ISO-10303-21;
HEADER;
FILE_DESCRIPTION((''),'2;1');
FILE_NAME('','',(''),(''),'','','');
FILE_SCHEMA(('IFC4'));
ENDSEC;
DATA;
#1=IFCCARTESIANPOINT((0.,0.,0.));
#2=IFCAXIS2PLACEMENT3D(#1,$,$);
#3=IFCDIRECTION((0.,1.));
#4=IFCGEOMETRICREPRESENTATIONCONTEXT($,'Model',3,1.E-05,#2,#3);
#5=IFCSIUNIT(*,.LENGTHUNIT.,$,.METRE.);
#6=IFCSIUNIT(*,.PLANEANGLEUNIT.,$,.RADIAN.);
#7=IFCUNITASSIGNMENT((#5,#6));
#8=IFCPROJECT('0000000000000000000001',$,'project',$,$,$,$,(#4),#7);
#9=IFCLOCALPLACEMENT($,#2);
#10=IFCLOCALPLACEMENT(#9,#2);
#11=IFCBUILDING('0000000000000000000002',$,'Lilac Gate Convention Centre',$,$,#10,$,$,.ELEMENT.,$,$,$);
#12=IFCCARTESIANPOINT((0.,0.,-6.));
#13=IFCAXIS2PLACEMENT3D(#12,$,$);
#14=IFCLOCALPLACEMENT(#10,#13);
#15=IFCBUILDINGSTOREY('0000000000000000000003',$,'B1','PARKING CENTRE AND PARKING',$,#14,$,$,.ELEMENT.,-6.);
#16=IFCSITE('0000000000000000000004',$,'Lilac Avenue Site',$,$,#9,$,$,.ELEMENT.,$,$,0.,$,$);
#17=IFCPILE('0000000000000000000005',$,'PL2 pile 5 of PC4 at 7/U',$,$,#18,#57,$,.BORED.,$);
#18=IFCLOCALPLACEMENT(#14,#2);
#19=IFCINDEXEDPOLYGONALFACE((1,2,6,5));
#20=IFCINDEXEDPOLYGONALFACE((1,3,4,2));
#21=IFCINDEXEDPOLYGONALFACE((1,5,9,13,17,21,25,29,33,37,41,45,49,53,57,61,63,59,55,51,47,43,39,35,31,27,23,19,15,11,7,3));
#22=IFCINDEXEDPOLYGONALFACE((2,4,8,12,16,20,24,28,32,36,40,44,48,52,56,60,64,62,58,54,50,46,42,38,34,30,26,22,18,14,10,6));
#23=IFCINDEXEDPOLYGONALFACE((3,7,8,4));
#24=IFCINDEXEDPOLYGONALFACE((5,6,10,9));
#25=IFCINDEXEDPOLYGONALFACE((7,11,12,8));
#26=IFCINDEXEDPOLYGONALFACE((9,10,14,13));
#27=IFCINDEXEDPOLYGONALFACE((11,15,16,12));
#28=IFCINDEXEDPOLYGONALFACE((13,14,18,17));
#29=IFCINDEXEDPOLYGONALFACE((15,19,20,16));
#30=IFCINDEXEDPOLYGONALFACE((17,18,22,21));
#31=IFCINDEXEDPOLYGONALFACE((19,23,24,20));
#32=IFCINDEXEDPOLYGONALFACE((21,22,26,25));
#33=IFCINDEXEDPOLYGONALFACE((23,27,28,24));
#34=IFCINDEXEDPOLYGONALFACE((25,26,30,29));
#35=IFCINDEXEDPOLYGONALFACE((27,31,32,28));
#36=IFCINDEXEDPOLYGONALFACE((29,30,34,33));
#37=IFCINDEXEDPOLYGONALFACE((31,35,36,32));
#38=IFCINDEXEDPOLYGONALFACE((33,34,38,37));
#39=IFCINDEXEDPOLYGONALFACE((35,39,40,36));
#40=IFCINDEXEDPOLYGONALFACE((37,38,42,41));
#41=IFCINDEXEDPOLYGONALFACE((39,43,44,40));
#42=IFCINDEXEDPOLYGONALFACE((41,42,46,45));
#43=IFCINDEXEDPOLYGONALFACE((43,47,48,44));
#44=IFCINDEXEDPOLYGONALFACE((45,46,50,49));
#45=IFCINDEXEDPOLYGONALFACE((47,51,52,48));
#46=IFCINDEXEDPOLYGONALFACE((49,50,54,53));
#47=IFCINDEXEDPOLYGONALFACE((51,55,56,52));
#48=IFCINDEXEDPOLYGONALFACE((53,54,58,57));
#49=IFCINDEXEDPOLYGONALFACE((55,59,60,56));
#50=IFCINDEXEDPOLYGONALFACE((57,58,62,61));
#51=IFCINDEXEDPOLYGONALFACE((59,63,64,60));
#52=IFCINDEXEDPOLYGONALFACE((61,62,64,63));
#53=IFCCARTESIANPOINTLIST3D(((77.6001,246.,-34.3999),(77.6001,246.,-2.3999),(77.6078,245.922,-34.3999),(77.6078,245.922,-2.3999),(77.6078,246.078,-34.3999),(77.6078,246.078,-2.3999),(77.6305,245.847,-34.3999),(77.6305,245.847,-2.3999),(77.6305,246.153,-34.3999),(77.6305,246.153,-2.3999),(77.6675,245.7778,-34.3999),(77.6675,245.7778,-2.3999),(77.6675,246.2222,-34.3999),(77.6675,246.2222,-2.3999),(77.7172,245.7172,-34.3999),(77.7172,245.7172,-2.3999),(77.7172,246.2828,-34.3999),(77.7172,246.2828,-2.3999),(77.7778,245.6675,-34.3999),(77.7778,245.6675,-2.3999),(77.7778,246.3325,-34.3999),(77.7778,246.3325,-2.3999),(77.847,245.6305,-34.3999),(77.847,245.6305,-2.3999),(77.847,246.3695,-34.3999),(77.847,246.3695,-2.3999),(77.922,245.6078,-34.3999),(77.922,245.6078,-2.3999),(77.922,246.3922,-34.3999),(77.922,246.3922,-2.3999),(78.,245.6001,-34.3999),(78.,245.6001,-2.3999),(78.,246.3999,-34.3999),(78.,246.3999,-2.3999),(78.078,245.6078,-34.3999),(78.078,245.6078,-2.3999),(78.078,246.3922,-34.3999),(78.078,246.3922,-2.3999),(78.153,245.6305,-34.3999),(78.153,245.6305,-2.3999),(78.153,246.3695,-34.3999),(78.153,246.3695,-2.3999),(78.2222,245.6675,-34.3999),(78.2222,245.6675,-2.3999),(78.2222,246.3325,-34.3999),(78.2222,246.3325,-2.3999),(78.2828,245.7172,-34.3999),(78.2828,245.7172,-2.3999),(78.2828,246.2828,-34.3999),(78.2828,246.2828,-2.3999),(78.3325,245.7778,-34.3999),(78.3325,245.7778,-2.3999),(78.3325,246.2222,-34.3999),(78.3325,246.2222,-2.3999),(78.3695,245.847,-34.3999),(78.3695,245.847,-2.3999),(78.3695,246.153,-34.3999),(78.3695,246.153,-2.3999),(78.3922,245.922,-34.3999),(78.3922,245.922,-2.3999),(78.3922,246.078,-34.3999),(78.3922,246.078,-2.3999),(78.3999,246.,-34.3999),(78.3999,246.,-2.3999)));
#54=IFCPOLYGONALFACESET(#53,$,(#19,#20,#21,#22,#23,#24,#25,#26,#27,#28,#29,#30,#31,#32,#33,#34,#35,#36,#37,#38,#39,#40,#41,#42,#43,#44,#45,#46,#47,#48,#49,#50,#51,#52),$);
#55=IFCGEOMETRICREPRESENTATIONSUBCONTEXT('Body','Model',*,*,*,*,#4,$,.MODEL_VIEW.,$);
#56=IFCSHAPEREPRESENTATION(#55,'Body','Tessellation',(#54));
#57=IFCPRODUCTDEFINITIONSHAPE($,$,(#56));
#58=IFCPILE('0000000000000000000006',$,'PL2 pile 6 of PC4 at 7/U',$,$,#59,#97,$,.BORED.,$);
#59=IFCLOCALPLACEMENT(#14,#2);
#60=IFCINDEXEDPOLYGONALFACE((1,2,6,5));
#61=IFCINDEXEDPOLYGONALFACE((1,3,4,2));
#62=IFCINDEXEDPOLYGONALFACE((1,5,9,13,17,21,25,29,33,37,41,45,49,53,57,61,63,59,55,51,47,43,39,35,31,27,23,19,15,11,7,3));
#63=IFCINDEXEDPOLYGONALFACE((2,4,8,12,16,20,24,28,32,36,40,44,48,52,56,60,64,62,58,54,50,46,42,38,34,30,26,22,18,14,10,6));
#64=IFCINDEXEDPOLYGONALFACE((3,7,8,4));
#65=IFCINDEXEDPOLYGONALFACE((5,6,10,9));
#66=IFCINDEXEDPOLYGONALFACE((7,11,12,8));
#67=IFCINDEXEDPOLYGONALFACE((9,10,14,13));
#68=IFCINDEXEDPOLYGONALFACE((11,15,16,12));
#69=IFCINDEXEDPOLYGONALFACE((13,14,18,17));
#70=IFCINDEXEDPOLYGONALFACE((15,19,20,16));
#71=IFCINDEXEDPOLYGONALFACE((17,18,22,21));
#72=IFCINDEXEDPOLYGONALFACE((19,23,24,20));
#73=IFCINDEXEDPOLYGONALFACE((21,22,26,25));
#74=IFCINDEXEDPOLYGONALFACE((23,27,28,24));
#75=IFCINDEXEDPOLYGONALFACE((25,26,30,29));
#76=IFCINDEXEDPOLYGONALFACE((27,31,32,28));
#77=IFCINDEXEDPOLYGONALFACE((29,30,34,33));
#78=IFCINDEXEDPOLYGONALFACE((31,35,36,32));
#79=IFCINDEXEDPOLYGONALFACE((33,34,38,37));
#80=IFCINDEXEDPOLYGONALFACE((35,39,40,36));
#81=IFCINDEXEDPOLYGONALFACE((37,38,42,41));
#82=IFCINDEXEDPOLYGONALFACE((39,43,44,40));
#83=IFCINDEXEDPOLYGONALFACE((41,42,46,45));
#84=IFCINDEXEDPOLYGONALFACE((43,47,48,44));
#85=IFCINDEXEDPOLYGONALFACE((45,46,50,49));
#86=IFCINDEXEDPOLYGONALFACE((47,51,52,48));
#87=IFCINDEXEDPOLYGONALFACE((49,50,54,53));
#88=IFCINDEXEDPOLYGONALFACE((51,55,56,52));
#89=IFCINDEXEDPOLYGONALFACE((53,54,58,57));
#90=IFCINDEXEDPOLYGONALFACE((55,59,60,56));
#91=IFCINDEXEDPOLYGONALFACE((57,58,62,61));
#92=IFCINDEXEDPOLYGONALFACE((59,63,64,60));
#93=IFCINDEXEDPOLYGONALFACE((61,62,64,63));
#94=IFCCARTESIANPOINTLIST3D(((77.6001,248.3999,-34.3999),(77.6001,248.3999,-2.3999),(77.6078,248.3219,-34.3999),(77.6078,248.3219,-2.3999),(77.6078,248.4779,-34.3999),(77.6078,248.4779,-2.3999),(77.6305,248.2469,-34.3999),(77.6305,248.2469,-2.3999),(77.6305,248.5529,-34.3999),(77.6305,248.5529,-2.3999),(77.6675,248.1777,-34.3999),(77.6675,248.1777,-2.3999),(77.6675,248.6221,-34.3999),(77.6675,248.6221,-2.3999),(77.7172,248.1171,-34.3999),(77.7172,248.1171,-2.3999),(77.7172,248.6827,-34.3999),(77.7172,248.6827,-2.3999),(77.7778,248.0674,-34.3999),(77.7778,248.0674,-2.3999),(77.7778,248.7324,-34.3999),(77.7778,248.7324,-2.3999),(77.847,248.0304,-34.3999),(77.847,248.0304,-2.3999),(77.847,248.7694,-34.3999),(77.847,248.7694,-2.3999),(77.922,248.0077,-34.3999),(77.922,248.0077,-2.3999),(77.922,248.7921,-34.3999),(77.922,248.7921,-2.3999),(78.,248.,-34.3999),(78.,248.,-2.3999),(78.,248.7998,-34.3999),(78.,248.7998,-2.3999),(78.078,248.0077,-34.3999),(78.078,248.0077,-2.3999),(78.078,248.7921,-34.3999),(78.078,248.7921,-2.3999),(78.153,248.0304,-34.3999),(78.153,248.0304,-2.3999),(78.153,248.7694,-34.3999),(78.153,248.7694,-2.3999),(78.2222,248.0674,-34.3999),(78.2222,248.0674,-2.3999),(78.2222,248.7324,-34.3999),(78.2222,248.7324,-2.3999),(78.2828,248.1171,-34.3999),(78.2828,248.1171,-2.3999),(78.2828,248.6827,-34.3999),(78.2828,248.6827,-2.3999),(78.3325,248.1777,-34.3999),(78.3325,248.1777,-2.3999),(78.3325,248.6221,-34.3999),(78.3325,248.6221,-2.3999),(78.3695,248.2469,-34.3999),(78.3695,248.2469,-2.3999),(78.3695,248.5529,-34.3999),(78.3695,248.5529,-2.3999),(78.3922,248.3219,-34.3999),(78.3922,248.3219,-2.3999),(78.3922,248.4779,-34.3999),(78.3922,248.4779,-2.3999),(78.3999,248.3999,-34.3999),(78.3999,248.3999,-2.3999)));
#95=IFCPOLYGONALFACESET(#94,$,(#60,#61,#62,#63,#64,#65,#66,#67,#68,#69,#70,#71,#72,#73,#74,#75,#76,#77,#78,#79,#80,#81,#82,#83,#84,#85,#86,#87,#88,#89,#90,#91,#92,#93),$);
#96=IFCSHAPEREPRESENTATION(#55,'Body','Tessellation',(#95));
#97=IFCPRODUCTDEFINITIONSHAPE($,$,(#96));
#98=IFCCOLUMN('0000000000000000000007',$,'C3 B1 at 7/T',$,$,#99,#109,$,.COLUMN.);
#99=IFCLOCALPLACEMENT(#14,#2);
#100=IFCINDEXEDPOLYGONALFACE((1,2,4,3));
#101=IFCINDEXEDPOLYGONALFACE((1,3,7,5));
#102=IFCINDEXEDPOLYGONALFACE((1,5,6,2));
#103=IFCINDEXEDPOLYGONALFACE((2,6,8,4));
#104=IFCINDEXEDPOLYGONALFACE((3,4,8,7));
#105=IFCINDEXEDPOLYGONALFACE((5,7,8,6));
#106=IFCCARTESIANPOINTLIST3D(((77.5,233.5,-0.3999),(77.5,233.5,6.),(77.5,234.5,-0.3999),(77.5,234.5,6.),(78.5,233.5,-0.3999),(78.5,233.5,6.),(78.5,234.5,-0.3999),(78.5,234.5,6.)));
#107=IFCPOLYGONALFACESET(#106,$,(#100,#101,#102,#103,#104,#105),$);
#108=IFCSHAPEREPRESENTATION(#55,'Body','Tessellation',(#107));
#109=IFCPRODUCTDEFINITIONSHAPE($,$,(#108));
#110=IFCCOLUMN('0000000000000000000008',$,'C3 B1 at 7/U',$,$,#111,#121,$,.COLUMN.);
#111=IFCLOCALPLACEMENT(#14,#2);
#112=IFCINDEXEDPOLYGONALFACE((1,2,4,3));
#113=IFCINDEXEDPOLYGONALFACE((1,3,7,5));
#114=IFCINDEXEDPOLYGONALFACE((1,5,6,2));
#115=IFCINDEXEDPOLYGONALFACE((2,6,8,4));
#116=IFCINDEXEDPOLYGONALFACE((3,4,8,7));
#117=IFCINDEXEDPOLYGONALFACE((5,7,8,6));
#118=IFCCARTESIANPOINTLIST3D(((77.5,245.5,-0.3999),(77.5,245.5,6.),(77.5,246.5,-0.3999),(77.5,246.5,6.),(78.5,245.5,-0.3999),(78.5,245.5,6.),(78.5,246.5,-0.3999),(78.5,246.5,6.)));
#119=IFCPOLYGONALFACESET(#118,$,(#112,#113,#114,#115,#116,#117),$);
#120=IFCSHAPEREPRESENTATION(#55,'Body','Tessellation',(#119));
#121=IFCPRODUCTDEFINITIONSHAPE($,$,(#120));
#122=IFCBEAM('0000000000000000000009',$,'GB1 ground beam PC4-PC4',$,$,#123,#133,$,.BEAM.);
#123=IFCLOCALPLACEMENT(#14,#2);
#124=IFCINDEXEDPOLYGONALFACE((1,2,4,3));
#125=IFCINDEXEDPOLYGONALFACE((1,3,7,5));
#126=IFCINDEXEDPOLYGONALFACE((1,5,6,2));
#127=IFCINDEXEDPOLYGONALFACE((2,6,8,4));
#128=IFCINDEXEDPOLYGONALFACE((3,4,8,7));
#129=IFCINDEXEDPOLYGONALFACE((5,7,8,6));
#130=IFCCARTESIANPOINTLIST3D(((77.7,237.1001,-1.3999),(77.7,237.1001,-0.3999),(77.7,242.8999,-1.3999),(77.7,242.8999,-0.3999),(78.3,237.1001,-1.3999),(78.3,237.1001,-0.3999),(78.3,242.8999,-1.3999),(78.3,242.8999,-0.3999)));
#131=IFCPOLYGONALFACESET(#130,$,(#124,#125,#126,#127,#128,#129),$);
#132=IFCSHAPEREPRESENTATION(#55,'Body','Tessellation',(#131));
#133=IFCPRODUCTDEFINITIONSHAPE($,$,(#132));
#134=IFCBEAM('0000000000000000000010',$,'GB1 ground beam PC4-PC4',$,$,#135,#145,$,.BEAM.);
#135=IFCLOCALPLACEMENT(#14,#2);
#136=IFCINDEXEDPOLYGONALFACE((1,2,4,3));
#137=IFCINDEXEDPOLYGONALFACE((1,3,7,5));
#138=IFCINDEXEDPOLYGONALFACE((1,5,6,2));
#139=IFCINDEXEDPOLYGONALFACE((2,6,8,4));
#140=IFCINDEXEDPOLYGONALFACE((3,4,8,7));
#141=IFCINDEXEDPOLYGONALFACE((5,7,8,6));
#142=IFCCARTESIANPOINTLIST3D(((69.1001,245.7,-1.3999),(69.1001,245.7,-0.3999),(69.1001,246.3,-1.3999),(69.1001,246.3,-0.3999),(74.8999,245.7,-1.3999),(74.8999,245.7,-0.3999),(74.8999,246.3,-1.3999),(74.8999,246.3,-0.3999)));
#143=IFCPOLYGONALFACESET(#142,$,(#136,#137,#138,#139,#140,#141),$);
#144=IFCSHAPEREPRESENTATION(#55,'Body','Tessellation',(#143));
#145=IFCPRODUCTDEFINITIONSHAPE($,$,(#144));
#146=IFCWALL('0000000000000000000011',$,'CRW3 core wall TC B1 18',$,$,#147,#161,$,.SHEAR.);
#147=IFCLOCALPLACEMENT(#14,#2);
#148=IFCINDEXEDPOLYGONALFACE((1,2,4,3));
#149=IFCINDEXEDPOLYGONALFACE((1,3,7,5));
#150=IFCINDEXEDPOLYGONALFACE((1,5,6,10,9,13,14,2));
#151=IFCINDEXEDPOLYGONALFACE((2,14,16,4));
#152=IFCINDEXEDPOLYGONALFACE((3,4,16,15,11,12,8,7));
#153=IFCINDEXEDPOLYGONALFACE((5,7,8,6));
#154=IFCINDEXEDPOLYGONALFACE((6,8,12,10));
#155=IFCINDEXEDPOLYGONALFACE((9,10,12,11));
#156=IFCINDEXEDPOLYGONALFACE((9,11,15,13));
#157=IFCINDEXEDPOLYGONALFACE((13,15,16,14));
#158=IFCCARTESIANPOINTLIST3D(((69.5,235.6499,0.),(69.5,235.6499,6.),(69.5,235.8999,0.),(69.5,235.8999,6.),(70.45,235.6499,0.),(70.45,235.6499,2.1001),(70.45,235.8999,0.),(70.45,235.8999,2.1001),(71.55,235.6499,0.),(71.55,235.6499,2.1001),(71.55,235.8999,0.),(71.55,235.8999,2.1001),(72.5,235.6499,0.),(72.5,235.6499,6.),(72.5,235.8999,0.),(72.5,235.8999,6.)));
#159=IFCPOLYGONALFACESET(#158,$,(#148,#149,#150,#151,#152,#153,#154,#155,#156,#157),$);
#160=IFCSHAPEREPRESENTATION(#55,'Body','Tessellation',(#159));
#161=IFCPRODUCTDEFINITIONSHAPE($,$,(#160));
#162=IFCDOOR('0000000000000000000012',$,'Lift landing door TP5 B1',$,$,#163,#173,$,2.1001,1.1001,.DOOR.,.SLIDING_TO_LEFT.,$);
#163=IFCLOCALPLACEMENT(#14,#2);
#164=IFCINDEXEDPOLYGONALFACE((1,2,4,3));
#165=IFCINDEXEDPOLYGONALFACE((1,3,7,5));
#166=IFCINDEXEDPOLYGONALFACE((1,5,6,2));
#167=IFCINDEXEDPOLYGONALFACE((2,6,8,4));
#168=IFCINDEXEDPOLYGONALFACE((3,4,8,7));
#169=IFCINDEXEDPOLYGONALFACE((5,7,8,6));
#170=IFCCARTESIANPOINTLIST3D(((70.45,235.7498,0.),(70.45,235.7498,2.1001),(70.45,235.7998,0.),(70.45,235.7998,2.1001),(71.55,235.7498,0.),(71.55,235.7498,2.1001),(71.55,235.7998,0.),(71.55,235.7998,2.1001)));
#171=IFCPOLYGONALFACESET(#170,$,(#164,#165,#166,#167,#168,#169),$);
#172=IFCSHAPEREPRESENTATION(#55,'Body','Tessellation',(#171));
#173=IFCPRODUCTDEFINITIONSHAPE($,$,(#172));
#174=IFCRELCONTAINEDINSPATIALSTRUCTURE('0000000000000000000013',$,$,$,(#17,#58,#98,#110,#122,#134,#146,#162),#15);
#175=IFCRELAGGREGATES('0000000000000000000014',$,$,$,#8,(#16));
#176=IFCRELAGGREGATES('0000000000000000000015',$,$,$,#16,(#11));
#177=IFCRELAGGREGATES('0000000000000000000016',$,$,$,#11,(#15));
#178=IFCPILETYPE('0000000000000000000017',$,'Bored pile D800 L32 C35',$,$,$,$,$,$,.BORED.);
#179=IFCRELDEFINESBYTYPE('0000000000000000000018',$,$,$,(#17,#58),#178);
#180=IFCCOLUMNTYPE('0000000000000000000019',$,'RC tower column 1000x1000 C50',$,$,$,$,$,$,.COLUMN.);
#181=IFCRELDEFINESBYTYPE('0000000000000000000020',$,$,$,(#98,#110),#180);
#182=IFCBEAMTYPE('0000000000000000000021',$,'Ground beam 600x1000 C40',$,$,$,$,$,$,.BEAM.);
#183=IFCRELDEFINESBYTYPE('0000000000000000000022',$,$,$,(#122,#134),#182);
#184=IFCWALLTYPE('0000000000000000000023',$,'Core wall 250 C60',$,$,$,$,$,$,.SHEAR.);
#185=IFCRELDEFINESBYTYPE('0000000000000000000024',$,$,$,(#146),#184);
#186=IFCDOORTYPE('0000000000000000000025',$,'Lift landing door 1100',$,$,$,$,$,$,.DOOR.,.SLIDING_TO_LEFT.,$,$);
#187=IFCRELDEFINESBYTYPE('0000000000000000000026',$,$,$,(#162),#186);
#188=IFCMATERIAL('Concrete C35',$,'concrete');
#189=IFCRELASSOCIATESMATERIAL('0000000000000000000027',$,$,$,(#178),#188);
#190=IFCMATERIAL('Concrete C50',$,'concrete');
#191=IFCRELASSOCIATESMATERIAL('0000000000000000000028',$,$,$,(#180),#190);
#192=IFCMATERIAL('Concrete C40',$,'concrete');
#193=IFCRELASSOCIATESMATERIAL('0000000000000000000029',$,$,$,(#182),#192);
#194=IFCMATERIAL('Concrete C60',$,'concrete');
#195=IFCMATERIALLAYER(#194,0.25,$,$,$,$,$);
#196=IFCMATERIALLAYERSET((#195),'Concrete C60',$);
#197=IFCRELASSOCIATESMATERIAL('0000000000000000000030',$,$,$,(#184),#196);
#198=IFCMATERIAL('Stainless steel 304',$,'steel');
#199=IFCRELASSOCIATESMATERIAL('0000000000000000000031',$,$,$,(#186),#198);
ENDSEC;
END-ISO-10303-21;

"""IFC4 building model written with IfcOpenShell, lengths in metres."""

from ifc_helpers import new_model, si_unit, direction, frame, frame_2d, origin, origin_2d, place, context, subcontext, project, spatial, rectangle, circle, extrude, material, layer, layer_set, material_profile, profile_set, type_object, element, fill, save


model = new_model("IFC4")

# Units and contexts
model_context = context("Model", 3, precision=1e-05, world=origin(), true_north=direction((0.0, 1.0)))
body_context = subcontext(model_context, "Body", "Model", "MODEL_VIEW")
ifc_project = project(units=[si_unit("LENGTHUNIT", "METRE"), si_unit("PLANEANGLEUNIT", "RADIAN")], contexts=[model_context])

# Site, building, storey
site_placement = place(None, origin())
site = spatial("IfcSite", under=ifc_project, at=site_placement, Name="Lilac Avenue Site", CompositionType="ELEMENT", RefElevation=0.0)
building_placement = place(site_placement, origin())
building = spatial("IfcBuilding", under=site, at=building_placement, Name="Lilac Gate Convention Centre", CompositionType="ELEMENT")
storey_placement = place(building_placement, frame((0.0, 0.0, -6.0)))
storey = spatial("IfcBuildingStorey", under=building, at=storey_placement, Name="B1", Description="PARKING CENTRE AND PARKING", CompositionType="ELEMENT", Elevation=-6.0)

# Piles
ifc_material_1 = material(Name="Concrete C35", Category="concrete")
ifc_material_profile_1 = material_profile(ifc_material_1, circle(Radius=0.3999, at=origin_2d()), Name="D800")
ifc_profile_set_1 = profile_set([ifc_material_profile_1], Name="Concrete C35")
pile_type = type_object("IfcPileType", Name="Bored pile D800 L32 C35", PredefinedType="BORED", material=ifc_profile_set_1)
for number, where, z_axis, x_axis, name in (
    (1, (78.0, 246.0, -2.3999), (0.0, 0.0, -1.0), (1.0, 0.0, 0.0), "PL2 pile 5 of PC4 at 7/U"),
    (2, (78.0, 248.3999, -2.3999), (0.0, 0.0, -1.0), (1.0, 0.0, 0.0), "PL2 pile 6 of PC4 at 7/U"),
):
    element("IfcPile", number, at=place(storey_placement, frame(where, z_axis=z_axis, x_axis=x_axis)), inside=storey, type_object=pile_type, Name=name, PredefinedType="BORED", context=body_context, shape_type="SweptSolid", body=[
        extrude(circle(Radius=0.3999, at=origin_2d()), origin(), (0.0, 0.0, 1.0), 32.0),
    ])

# Columns
ifc_material_2 = material(Name="Concrete C50", Category="concrete")
ifc_material_profile_2 = material_profile(ifc_material_2, rectangle(XDim=1.0, YDim=1.0, at=origin_2d()), Name="RC 1000x1000")
ifc_profile_set_2 = profile_set([ifc_material_profile_2], Name="Concrete C50")
column_type = type_object("IfcColumnType", Name="RC tower column 1000x1000 C50", PredefinedType="COLUMN", material=ifc_profile_set_2)
for number, where, z_axis, x_axis, name in (
    (3, (78.0, 234.0, -0.3999), (0.0, 0.0, 1.0), (1.0, 0.0, 0.0), "C3 B1 at 7/T"),
    (4, (78.0, 246.0, -0.3999), (0.0, 0.0, 1.0), (1.0, 0.0, 0.0), "C3 B1 at 7/U"),
):
    element("IfcColumn", number, at=place(storey_placement, frame(where, z_axis=z_axis, x_axis=x_axis)), inside=storey, type_object=column_type, Name=name, PredefinedType="COLUMN", context=body_context, shape_type="SweptSolid", body=[
        extrude(rectangle(XDim=1.0, YDim=1.0, at=origin_2d()), origin(), (0.0, 0.0, 1.0), 6.3999),
    ])

# Beams
ifc_material_3 = material(Name="Concrete C40", Category="concrete")
ifc_material_profile_3 = material_profile(ifc_material_3, rectangle(XDim=0.6001, YDim=1.0, at=origin_2d()), Name="RC 600x1000")
ifc_profile_set_3 = profile_set([ifc_material_profile_3], Name="Concrete C40")
beam_type = type_object("IfcBeamType", Name="Ground beam 600x1000 C40", PredefinedType="BEAM", material=ifc_profile_set_3)
for number, where, z_axis, x_axis, name in (
    (5, (78.0, 237.1001, -0.8999), (0.0, 1.0, 0.0), (-1.0, 0.0, 0.0), "GB1 ground beam PC4-PC4"),
    (6, (69.1001, 246.0, -0.8999), (1.0, 0.0, 0.0), (0.0, 1.0, 0.0), "GB1 ground beam PC4-PC4"),
):
    element("IfcBeam", number, at=place(storey_placement, frame(where, z_axis=z_axis, x_axis=x_axis)), inside=storey, type_object=beam_type, Name=name, PredefinedType="BEAM", context=body_context, shape_type="SweptSolid", body=[
        extrude(rectangle(XDim=0.6001, YDim=1.0, at=origin_2d()), origin(), (0.0, 0.0, 1.0), 5.7998),
    ])

# Wall, opening, door
ifc_material_4 = material(Name="Concrete C60", Category="concrete")
ifc_layer_1 = layer(ifc_material_4, 0.25)
ifc_layer_set_1 = layer_set([ifc_layer_1], Name="Concrete C60")
wall_type_1 = type_object("IfcWallType", Name="Core wall 250 C60", PredefinedType="SHEAR", material=ifc_layer_set_1)
wall_1_placement = place(storey_placement, frame((69.5, 235.7749, 0.0), z_axis=(0.0, 0.0, 1.0), x_axis=(1.0, 0.0, 0.0)))
wall_1 = element("IfcWall", 7, at=wall_1_placement, inside=storey, type_object=wall_type_1, Name="CRW3 core wall TC B1 18", PredefinedType="SHEAR", context=body_context, shape_type="SweptSolid", body=[
    extrude(rectangle(XDim=3.0, YDim=0.25, at=frame_2d((1.5, 0.0))), origin(), (0.0, 0.0, 1.0), 6.0),
])
opening_1_placement = place(wall_1_placement, frame((0.95, 0.0, 0.0)))
opening_1 = element("IfcOpeningElement", 8, at=opening_1_placement, cuts=wall_1, PredefinedType="OPENING", context=body_context, shape_type="SweptSolid", body=[
    extrude(rectangle(XDim=1.1001, YDim=2.1001, at=frame_2d((0.55, 1.05))), frame((0.0, 0.135, 0.0), z_axis=(0.0, -1.0, 0.0), x_axis=(1.0, 0.0, 0.0)), (0.0, 0.0, 1.0), 0.27),
])
ifc_material_5 = material(Name="Stainless steel 304", Category="steel")
door_type_1 = type_object("IfcDoorType", Name="Lift landing door 1100", OperationType="SLIDING_TO_LEFT", PredefinedType="DOOR", material=ifc_material_5)
door_1_placement = place(opening_1_placement, origin())
door_1 = element("IfcDoor", 9, at=door_1_placement, inside=storey, type_object=door_type_1, Name="Lift landing door TP5 B1", OperationType="SLIDING_TO_LEFT", OverallHeight=2.1001, OverallWidth=1.1001, PredefinedType="DOOR", context=body_context, shape_type="SweptSolid", body=[
    extrude(rectangle(XDim=1.1001, YDim=2.1001, at=frame_2d((0.55, 1.05))), frame((0.0, 0.0249, 0.0), z_axis=(0.0, -1.0, 0.0), x_axis=(1.0, 0.0, 0.0)), (0.0, 0.0, 1.0), 0.05),
])
fill(opening_1, door_1)

save(model, "model.ifc")
